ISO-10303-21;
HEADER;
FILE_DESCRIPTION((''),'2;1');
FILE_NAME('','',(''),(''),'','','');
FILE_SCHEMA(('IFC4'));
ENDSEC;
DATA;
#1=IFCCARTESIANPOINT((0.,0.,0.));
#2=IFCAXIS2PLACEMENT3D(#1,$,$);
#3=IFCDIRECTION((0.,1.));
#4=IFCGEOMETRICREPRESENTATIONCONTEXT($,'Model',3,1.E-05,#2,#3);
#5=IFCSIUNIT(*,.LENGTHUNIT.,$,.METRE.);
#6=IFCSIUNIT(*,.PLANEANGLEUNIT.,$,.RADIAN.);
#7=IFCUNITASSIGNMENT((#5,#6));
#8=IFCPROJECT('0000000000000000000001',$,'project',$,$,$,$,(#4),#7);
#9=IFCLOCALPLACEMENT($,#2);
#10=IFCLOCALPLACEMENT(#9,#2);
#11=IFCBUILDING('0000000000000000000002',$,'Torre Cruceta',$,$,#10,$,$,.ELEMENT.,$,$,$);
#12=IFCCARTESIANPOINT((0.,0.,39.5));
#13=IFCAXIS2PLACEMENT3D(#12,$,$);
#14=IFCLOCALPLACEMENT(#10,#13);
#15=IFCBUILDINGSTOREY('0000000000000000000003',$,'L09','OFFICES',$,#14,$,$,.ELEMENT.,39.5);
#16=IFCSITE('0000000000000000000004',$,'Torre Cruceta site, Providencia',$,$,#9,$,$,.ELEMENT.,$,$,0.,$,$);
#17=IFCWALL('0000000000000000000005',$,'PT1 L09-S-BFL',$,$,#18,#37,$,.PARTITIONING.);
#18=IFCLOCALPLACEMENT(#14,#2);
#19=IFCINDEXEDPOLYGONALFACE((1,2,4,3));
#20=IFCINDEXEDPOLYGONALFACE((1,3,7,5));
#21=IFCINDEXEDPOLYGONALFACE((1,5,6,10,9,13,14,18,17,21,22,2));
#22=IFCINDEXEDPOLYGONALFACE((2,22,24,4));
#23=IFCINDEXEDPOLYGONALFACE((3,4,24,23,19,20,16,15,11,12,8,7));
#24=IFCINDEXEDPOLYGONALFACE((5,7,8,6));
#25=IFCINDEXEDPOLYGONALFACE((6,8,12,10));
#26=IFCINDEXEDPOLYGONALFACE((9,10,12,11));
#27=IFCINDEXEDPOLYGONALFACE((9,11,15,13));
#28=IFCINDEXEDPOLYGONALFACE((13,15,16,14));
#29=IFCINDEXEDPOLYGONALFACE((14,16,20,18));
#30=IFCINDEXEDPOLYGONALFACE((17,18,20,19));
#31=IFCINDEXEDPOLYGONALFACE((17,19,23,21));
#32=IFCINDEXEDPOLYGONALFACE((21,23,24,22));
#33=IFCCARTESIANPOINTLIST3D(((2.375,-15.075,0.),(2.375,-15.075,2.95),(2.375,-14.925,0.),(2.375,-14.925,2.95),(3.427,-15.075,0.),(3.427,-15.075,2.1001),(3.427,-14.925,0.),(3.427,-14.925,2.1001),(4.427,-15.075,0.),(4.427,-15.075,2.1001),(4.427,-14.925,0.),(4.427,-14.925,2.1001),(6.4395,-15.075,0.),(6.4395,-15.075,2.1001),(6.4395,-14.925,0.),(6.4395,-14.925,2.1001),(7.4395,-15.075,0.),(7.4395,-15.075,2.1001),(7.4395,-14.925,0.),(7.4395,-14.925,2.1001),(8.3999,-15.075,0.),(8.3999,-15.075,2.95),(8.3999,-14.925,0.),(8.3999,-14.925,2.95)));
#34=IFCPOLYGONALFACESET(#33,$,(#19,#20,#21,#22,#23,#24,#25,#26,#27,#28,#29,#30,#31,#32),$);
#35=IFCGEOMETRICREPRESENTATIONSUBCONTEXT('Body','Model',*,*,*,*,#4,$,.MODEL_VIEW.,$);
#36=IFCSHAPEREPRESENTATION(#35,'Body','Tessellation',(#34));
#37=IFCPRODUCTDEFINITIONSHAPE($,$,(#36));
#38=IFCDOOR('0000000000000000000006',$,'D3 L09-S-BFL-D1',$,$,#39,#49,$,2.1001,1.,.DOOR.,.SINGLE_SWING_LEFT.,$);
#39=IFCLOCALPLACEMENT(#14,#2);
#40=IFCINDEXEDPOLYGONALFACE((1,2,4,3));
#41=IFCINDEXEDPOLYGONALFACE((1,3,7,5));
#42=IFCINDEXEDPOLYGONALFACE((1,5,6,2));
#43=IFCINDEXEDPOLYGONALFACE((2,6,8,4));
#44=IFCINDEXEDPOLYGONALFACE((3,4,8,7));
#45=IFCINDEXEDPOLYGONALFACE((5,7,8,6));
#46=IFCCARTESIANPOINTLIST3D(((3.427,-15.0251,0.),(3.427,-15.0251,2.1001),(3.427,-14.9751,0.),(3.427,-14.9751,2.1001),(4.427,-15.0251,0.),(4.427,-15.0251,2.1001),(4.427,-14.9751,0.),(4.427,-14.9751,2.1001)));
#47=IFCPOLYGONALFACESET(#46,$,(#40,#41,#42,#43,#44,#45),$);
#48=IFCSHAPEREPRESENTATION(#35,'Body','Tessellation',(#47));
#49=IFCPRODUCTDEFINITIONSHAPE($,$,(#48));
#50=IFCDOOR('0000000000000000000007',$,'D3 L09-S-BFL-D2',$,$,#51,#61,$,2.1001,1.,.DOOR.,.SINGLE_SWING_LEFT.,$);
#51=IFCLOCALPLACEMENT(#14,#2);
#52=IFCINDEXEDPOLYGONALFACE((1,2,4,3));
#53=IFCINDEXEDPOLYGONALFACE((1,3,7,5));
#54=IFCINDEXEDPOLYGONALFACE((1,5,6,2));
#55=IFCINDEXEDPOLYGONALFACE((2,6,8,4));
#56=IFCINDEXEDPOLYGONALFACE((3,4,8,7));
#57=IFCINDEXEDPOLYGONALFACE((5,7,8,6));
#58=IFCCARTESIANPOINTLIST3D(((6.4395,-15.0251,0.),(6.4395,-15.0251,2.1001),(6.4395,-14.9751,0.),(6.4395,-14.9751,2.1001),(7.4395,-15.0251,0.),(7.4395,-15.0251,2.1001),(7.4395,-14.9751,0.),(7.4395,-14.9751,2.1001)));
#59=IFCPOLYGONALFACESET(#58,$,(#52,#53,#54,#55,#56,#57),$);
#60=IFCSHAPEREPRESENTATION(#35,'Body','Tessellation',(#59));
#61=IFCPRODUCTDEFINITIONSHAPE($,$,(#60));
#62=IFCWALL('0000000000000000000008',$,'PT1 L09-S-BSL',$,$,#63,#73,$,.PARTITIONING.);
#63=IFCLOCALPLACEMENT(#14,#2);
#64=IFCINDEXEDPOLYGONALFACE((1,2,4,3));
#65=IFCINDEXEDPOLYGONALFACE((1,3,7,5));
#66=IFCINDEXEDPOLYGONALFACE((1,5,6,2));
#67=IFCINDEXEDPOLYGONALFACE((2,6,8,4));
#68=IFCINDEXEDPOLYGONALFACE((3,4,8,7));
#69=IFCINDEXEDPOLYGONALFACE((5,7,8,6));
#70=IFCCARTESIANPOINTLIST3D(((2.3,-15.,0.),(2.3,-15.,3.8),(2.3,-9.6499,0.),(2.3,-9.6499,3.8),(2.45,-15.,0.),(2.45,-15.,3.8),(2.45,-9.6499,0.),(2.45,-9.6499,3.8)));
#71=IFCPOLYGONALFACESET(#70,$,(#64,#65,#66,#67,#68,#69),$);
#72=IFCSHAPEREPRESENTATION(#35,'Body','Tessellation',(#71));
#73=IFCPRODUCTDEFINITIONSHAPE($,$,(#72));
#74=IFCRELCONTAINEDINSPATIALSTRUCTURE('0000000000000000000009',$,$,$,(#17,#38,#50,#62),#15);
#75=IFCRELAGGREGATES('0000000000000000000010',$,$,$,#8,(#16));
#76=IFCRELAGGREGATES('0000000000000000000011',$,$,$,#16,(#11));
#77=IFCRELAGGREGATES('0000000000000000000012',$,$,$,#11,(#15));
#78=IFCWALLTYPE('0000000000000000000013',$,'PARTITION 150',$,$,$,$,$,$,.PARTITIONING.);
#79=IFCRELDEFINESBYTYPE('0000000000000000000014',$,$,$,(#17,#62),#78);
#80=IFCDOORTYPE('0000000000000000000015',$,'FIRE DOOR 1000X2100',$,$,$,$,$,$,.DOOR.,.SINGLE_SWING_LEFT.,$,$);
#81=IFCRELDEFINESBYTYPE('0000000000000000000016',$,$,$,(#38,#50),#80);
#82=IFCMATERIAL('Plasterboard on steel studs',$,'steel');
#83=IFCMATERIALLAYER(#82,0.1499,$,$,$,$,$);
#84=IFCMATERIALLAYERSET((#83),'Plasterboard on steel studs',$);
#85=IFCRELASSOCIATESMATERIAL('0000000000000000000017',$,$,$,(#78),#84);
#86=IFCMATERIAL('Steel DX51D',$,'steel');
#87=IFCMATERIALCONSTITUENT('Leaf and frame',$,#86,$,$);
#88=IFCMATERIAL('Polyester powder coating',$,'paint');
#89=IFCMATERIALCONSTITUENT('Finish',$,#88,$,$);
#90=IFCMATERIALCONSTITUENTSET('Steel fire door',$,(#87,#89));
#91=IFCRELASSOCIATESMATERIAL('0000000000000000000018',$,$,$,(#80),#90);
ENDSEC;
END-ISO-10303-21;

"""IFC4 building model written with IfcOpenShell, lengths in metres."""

from ifc_helpers import new_model, si_unit, direction, frame, frame_2d, origin, place, context, subcontext, project, spatial, rectangle, extrude, material, layer, layer_set, constituent, constituent_set, type_object, element, fill, save


model = new_model("IFC4")

# Units and contexts
model_context = context("Model", 3, precision=1e-05, world=origin(), true_north=direction((0.0, 1.0)))
body_context = subcontext(model_context, "Body", "Model", "MODEL_VIEW")
ifc_project = project(units=[si_unit("LENGTHUNIT", "METRE"), si_unit("PLANEANGLEUNIT", "RADIAN")], contexts=[model_context])

# Site, building, storey
site_placement = place(None, origin())
site = spatial("IfcSite", under=ifc_project, at=site_placement, Name="Torre Cruceta site, Providencia", CompositionType="ELEMENT", RefElevation=0.0)
building_placement = place(site_placement, origin())
building = spatial("IfcBuilding", under=site, at=building_placement, Name="Torre Cruceta", CompositionType="ELEMENT")
storey_placement = place(building_placement, frame((0.0, 0.0, 39.5)))
storey = spatial("IfcBuildingStorey", under=building, at=storey_placement, Name="L09", Description="OFFICES", CompositionType="ELEMENT", Elevation=39.5)

# Wall, openings, doors
ifc_material_1 = material(Name="Plasterboard on steel studs", Category="steel")
ifc_layer_1 = layer(ifc_material_1, 0.1499)
ifc_layer_set_1 = layer_set([ifc_layer_1], Name="Plasterboard on steel studs")
wall_type_1 = type_object("IfcWallType", Name="PARTITION 150", PredefinedType="PARTITIONING", material=ifc_layer_set_1)
wall_1_placement = place(storey_placement, frame((2.375, -15.0, 0.0), z_axis=(0.0, 0.0, 1.0), x_axis=(1.0, 0.0, 0.0)))
wall_1 = element("IfcWall", 1, at=wall_1_placement, inside=storey, type_object=wall_type_1, Name="PT1 L09-S-BFL", PredefinedType="PARTITIONING", context=body_context, shape_type="SweptSolid", body=[
    extrude(rectangle(XDim=6.0249, YDim=0.1499, at=frame_2d((3.0125, 0.0))), origin(), (0.0, 0.0, 1.0), 2.95),
])
opening_1_placement = place(wall_1_placement, frame((1.052, 0.0, 0.0)))
opening_1 = element("IfcOpeningElement", 2, at=opening_1_placement, cuts=wall_1, PredefinedType="OPENING", context=body_context, shape_type="SweptSolid", body=[
    extrude(rectangle(XDim=1.0, YDim=2.1001, at=frame_2d((0.5, 1.05))), frame((0.0, 0.085, 0.0), z_axis=(0.0, -1.0, 0.0), x_axis=(1.0, 0.0, 0.0)), (0.0, 0.0, 1.0), 0.1699),
])
opening_2_placement = place(wall_1_placement, frame((4.0645, 0.0, 0.0)))
opening_2 = element("IfcOpeningElement", 3, at=opening_2_placement, cuts=wall_1, PredefinedType="OPENING", context=body_context, shape_type="SweptSolid", body=[
    extrude(rectangle(XDim=1.0, YDim=2.1001, at=frame_2d((0.5, 1.05))), frame((0.0, 0.085, 0.0), z_axis=(0.0, -1.0, 0.0), x_axis=(1.0, 0.0, 0.0)), (0.0, 0.0, 1.0), 0.1699),
])
ifc_material_2 = material(Name="Steel DX51D", Category="steel")
ifc_constituent_1 = constituent(ifc_material_2, Name="Leaf and frame")
ifc_material_3 = material(Name="Polyester powder coating", Category="paint")
ifc_constituent_2 = constituent(ifc_material_3, Name="Finish")
ifc_constituent_set_1 = constituent_set(constituents=[ifc_constituent_1, ifc_constituent_2], Name="Steel fire door")
door_type = type_object("IfcDoorType", Name="FIRE DOOR 1000X2100", OperationType="SINGLE_SWING_LEFT", PredefinedType="DOOR", material=ifc_constituent_set_1)
door_1_placement = place(opening_1_placement, origin())
door_1 = element("IfcDoor", 4, at=door_1_placement, inside=storey, type_object=door_type, Name="D3 L09-S-BFL-D1", OperationType="SINGLE_SWING_LEFT", OverallHeight=2.1001, OverallWidth=1.0, PredefinedType="DOOR", context=body_context, shape_type="SweptSolid", body=[
    extrude(rectangle(XDim=1.0, YDim=2.1001, at=frame_2d((0.5, 1.05))), frame((0.0, 0.0249, 0.0), z_axis=(0.0, -1.0, 0.0), x_axis=(1.0, 0.0, 0.0)), (0.0, 0.0, 1.0), 0.05),
])
fill(opening_1, door_1)
door_2_placement = place(opening_2_placement, origin())
door_2 = element("IfcDoor", 5, at=door_2_placement, inside=storey, type_object=door_type, Name="D3 L09-S-BFL-D2", OperationType="SINGLE_SWING_LEFT", OverallHeight=2.1001, OverallWidth=1.0, PredefinedType="DOOR", context=body_context, shape_type="SweptSolid", body=[
    extrude(rectangle(XDim=1.0, YDim=2.1001, at=frame_2d((0.5, 1.05))), frame((0.0, 0.0249, 0.0), z_axis=(0.0, -1.0, 0.0), x_axis=(1.0, 0.0, 0.0)), (0.0, 0.0, 1.0), 0.05),
])
fill(opening_2, door_2)

# Wall
wall_2_placement = place(storey_placement, frame((2.375, -9.6499, 0.0), z_axis=(0.0, 0.0, 1.0), x_axis=(0.0, -1.0, 0.0)))
element("IfcWall", 6, at=wall_2_placement, inside=storey, type_object=wall_type_1, Name="PT1 L09-S-BSL", PredefinedType="PARTITIONING", context=body_context, shape_type="SweptSolid", body=[
    extrude(rectangle(XDim=5.3501, YDim=0.1499, at=frame_2d((2.675, 0.0))), origin(), (0.0, 0.0, 1.0), 3.8),
])

save(model, "model.ifc")
